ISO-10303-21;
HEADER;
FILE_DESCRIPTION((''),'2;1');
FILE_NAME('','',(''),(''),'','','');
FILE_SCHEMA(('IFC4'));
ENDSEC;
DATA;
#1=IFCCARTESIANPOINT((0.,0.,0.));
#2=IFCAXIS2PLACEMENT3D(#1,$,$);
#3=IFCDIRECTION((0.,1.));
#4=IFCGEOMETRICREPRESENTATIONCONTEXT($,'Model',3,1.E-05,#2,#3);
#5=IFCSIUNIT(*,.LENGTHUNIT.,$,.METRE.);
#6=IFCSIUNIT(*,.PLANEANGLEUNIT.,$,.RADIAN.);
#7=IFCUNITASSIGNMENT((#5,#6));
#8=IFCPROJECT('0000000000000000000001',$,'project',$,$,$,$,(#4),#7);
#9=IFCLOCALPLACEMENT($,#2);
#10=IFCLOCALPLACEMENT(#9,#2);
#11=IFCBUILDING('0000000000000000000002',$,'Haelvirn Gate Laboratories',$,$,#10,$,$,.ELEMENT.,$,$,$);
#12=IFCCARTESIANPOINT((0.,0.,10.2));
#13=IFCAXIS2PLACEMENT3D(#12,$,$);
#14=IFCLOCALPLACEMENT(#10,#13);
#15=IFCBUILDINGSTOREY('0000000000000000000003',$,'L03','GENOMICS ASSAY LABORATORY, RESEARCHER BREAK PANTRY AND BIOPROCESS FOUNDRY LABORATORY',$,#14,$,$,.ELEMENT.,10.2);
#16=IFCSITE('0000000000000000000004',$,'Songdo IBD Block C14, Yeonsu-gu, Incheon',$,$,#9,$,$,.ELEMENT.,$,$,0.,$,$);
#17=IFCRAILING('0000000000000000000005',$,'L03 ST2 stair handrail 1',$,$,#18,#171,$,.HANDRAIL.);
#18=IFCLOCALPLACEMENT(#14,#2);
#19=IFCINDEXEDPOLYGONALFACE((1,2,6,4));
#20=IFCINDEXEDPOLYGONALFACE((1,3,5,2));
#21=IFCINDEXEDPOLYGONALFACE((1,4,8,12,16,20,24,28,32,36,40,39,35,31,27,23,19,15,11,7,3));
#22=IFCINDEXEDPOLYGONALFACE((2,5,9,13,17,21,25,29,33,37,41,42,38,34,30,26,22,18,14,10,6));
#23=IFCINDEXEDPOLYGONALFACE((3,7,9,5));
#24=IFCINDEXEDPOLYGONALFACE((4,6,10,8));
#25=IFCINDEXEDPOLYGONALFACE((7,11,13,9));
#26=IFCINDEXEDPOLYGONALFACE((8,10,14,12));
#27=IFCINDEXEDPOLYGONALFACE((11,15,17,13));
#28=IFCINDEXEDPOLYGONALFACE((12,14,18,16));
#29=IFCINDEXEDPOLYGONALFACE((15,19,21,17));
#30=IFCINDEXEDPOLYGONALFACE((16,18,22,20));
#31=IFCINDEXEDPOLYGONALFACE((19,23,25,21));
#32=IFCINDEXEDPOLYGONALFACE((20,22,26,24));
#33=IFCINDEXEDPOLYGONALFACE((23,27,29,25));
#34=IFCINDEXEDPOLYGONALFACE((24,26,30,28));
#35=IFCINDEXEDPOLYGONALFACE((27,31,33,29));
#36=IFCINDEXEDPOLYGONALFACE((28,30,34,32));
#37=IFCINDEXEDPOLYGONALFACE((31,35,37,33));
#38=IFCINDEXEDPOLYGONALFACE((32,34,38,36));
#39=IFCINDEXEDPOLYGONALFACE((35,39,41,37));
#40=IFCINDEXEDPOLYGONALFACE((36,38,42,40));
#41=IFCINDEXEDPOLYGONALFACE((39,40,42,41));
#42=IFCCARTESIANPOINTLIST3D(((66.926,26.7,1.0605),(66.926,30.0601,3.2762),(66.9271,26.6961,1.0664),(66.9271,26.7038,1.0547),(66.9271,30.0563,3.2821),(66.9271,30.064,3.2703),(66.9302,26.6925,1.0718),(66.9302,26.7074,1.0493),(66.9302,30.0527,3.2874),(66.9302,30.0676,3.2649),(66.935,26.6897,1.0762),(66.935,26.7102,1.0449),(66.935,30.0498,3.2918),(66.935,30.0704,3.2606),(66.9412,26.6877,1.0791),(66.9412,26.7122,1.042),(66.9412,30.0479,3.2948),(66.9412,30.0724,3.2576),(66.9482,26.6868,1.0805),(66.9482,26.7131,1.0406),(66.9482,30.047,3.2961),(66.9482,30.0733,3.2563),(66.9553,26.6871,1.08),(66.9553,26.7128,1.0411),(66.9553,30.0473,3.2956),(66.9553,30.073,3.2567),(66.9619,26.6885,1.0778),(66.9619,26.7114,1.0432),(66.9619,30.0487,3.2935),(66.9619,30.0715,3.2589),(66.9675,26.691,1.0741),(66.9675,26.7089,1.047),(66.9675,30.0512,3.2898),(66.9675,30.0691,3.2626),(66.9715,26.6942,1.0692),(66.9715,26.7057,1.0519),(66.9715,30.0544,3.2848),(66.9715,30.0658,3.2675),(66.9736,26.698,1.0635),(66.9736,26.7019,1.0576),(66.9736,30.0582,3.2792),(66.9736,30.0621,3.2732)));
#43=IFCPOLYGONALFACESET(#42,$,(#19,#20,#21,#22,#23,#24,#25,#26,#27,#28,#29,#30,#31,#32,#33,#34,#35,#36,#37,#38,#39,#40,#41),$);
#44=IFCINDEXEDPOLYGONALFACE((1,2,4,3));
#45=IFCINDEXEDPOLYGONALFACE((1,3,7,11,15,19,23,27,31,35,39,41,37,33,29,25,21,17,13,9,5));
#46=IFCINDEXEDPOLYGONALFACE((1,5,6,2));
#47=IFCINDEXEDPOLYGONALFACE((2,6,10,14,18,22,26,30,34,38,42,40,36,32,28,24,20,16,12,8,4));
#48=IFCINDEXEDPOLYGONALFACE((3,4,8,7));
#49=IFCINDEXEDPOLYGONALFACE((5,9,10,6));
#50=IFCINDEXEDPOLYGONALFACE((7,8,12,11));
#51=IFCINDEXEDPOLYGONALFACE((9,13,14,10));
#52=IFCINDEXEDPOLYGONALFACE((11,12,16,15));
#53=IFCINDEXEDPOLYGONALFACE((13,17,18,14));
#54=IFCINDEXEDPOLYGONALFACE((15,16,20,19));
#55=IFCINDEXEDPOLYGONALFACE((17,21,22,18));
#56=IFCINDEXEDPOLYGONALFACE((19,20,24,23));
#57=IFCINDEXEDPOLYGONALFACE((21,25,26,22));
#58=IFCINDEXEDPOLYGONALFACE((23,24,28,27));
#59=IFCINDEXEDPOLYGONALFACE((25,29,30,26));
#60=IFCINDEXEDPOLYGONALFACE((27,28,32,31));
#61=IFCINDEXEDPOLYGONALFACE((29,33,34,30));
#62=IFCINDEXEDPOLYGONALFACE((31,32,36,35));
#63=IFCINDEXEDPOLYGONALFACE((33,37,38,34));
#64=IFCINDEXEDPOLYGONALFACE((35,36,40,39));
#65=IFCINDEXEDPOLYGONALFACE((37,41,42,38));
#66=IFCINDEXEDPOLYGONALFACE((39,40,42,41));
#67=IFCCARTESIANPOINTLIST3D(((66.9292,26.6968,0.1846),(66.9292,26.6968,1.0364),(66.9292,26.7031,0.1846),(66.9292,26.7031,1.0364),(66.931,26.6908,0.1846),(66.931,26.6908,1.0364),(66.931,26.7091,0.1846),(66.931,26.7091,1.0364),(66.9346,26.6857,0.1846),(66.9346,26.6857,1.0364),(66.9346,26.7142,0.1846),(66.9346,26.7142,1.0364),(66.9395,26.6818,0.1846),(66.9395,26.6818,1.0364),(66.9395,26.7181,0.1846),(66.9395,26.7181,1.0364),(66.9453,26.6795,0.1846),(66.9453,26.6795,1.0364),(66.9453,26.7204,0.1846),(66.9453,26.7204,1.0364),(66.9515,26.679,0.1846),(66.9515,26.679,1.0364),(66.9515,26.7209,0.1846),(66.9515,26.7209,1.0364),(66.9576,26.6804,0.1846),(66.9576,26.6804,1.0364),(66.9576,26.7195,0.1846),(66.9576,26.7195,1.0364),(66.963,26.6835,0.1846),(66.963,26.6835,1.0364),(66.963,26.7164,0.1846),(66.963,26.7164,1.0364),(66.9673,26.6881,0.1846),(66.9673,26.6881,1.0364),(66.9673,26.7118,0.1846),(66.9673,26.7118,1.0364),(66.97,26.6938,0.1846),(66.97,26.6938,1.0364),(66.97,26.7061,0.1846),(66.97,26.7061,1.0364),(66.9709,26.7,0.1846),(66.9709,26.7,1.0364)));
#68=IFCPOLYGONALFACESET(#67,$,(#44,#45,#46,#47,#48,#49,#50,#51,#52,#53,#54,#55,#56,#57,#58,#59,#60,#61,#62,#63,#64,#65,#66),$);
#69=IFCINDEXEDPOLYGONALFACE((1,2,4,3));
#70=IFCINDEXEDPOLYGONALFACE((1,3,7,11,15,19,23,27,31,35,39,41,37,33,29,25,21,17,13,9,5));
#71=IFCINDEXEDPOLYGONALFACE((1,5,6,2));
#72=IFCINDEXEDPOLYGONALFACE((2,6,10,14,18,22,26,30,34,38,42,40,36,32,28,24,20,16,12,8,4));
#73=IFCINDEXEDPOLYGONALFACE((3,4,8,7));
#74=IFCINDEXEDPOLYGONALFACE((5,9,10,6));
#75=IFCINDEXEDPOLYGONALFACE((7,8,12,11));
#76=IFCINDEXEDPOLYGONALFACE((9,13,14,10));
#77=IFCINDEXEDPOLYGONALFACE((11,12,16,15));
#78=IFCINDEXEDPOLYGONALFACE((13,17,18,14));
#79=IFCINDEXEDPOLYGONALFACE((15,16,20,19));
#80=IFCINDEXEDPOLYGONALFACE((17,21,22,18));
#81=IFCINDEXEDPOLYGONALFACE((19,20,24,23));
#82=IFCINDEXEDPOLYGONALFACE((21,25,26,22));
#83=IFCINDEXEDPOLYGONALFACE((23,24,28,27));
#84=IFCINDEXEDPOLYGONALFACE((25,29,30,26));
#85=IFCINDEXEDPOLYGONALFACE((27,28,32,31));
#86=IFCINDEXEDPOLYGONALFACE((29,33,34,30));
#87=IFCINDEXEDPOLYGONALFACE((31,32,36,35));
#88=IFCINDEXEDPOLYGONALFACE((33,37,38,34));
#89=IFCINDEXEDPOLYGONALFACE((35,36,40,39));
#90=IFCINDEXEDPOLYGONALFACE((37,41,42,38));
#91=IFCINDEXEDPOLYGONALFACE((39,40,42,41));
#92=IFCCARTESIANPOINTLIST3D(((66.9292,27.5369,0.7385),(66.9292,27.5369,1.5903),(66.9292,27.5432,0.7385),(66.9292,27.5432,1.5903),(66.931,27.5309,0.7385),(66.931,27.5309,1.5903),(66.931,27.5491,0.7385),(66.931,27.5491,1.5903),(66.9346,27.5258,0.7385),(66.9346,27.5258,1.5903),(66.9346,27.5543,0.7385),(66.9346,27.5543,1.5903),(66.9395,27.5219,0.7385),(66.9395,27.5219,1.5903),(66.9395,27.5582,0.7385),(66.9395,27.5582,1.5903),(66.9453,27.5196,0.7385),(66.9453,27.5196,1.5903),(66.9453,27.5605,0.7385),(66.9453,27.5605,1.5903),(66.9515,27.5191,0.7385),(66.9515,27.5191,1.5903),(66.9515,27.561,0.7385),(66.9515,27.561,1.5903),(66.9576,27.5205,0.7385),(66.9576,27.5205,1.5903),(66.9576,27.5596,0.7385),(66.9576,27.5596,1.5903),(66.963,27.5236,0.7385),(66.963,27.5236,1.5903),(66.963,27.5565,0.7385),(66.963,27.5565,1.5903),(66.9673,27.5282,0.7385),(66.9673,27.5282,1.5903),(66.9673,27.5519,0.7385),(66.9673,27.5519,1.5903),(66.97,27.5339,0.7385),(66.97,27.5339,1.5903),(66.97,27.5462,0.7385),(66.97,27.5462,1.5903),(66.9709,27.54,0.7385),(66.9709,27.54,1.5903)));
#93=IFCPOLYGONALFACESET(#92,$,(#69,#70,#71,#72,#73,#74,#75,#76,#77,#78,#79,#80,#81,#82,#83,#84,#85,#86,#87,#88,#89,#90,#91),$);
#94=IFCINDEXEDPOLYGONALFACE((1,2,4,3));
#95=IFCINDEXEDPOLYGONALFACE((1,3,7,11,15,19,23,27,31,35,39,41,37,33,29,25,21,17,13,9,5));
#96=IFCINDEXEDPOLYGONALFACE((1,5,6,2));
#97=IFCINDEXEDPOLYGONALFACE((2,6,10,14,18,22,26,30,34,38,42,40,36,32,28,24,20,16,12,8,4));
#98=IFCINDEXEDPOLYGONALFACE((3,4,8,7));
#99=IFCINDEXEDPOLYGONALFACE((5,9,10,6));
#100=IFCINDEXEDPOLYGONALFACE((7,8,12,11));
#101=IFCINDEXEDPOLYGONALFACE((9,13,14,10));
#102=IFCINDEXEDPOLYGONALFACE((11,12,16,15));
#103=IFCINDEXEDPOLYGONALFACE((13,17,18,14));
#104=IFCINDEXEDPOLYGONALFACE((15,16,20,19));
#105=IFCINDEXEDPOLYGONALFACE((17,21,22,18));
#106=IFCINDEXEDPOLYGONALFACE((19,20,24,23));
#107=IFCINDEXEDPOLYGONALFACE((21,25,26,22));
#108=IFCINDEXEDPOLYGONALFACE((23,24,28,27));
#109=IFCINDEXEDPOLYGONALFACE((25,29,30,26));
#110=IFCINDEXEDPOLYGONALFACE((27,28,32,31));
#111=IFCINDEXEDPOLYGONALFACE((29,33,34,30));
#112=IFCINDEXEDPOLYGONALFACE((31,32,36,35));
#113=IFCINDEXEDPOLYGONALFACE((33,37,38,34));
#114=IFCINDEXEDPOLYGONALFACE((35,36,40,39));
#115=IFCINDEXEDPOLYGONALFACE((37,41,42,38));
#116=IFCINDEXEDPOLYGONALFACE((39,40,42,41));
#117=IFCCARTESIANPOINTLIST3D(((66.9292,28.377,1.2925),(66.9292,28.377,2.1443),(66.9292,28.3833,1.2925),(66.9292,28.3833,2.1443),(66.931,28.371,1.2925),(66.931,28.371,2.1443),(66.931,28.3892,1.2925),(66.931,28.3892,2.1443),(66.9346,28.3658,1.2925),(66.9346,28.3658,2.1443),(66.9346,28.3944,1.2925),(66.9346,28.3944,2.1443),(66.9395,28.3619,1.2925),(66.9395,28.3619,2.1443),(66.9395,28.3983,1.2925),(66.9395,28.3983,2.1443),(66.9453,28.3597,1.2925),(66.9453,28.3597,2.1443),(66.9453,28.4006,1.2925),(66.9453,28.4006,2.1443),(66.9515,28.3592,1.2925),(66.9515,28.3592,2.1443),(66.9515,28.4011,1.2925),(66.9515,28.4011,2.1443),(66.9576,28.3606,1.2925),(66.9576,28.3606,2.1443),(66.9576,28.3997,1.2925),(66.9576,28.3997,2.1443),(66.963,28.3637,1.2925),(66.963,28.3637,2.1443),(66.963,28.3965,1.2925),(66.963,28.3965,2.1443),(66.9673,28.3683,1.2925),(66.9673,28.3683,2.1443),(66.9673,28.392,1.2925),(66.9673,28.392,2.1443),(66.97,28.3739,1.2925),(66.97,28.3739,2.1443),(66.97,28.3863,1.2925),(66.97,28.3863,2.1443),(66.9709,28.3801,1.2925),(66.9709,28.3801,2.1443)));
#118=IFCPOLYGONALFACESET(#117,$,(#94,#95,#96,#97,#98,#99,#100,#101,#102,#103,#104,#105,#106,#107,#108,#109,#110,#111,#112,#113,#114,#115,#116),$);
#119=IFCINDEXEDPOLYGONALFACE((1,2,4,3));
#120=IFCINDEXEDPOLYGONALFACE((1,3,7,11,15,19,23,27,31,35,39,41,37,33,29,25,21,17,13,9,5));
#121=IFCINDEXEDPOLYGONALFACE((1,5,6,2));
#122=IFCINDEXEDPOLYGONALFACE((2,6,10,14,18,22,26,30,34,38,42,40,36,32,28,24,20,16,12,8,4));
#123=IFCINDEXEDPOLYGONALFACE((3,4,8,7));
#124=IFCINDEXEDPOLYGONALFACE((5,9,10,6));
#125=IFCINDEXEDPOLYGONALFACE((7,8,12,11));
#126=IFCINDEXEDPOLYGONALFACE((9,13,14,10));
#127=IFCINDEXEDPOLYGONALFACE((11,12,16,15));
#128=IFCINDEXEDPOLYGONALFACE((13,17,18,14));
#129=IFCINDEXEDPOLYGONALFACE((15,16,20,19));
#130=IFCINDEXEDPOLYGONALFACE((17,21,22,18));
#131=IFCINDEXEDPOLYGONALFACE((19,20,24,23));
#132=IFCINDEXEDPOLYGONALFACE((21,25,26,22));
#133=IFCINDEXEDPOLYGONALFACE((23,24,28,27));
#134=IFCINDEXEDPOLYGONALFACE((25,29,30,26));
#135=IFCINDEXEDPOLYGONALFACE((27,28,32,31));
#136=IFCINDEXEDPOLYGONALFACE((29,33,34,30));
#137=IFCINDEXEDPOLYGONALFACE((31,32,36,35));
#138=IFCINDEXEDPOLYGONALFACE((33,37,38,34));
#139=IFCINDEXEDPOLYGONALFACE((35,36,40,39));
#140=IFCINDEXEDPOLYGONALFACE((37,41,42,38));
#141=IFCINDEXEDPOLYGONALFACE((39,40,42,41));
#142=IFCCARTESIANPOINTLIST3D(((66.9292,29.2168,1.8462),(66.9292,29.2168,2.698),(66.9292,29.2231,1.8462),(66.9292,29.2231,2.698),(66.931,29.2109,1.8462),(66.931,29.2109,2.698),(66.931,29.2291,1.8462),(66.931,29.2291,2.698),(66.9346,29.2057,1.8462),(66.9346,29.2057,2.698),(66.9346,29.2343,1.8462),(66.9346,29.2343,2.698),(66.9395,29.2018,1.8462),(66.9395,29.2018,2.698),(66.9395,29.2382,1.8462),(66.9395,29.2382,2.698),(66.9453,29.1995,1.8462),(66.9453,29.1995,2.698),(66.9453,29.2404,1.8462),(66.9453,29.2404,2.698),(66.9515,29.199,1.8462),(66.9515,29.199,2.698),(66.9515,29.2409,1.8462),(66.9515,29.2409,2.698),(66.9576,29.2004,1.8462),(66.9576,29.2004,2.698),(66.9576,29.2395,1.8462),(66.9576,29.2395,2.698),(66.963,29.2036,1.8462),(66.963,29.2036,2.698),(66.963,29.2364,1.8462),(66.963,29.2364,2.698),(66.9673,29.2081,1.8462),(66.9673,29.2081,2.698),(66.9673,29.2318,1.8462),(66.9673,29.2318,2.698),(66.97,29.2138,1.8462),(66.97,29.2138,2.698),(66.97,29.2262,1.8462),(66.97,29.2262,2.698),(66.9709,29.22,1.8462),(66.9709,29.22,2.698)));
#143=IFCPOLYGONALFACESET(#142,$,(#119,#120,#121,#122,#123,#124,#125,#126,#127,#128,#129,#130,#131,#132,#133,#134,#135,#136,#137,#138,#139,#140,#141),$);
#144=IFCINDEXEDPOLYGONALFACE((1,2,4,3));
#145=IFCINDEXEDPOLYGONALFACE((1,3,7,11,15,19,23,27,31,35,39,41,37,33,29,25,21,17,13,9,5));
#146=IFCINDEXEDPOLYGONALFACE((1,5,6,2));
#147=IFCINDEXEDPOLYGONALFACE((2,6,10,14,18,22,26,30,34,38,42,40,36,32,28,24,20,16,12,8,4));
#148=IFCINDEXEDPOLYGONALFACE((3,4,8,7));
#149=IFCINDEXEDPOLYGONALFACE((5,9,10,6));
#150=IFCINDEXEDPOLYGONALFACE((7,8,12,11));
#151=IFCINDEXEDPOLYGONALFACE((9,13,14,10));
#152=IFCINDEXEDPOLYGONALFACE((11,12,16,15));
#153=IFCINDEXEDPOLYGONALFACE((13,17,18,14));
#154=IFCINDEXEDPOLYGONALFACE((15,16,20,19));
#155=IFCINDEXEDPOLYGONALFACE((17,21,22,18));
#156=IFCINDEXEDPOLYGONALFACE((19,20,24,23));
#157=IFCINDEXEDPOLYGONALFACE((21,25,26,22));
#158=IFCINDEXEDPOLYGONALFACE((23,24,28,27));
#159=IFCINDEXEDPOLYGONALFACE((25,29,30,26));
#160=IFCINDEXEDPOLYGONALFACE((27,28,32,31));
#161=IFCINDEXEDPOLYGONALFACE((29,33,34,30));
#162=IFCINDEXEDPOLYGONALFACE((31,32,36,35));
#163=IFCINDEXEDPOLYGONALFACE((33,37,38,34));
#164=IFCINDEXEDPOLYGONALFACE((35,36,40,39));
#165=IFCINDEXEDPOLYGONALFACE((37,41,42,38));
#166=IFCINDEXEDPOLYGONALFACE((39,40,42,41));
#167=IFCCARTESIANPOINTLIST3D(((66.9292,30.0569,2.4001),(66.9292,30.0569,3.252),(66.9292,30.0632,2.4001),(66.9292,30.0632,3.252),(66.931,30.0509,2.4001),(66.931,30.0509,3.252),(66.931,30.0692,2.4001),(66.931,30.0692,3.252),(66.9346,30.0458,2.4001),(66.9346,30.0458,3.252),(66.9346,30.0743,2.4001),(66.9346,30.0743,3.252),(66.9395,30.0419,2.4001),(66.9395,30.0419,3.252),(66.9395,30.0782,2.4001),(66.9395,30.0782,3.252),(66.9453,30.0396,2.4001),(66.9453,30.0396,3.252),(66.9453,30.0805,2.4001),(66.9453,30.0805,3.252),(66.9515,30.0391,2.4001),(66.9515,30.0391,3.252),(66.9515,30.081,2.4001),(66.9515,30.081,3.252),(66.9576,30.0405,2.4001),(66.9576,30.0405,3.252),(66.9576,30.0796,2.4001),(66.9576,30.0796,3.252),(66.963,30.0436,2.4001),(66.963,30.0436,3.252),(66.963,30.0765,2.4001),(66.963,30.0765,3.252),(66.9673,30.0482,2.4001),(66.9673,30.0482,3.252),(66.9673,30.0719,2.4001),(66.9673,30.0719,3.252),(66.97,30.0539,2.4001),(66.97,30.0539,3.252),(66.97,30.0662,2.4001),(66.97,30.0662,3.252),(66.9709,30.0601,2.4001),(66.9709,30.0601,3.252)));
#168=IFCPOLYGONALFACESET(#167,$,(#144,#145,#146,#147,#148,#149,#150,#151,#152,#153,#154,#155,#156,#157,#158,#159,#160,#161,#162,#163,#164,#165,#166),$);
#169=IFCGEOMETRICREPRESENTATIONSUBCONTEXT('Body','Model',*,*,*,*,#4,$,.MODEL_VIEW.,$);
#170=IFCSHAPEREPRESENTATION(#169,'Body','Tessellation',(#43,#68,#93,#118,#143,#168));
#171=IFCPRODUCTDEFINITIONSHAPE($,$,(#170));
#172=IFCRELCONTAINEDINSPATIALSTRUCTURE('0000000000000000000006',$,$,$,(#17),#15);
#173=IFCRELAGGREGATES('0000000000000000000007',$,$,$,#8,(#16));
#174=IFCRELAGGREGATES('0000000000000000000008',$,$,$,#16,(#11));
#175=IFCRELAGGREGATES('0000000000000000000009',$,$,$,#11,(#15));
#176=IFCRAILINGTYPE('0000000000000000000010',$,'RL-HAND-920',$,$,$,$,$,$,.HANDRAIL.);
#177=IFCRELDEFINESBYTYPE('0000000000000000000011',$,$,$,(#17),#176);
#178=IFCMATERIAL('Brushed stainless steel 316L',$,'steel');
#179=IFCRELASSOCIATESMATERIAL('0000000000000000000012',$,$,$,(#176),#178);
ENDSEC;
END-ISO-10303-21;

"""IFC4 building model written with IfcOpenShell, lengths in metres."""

from ifc_helpers import new_model, si_unit, direction, frame, origin, origin_2d, place, context, subcontext, project, spatial, circle, extrude, source, transform, mapped, material, type_object, element, save


model = new_model("IFC4")

# Units and contexts
model_context = context("Model", 3, precision=1e-05, world=origin(), true_north=direction((0.0, 1.0)))
body_context = subcontext(model_context, "Body", "Model", "MODEL_VIEW")
ifc_project = project(units=[si_unit("LENGTHUNIT", "METRE"), si_unit("PLANEANGLEUNIT", "RADIAN")], contexts=[model_context])

# Site, building, storey
site_placement = place(None, origin())
site = spatial("IfcSite", under=ifc_project, at=site_placement, Name="Songdo IBD Block C14, Yeonsu-gu, Incheon", CompositionType="ELEMENT", RefElevation=0.0)
building_placement = place(site_placement, origin())
building = spatial("IfcBuilding", under=site, at=building_placement, Name="Haelvirn Gate Laboratories", CompositionType="ELEMENT")
storey_placement = place(building_placement, frame((0.0, 0.0, 10.2)))
storey = spatial("IfcBuildingStorey", under=building, at=storey_placement, Name="L03", Description="GENOMICS ASSAY LABORATORY, RESEARCHER BREAK PANTRY AND BIOPROCESS FOUNDRY LABORATORY", CompositionType="ELEMENT", Elevation=10.2)

# Railing
ifc_material_1 = material(Name="Brushed stainless steel 316L", Category="steel")
railing_type_1 = type_object("IfcRailingType", Name="RL-HAND-920", PredefinedType="HANDRAIL", material=ifc_material_1)
shared_shape_1 = source(origin(), body_context, "Body", "SweptSolid", [
    extrude(circle(Radius=0.0239, at=origin_2d()), frame((0.0, 0.0, 0.876), z_axis=(0.0, 0.834849, 0.55048), x_axis=(-1.0, 0.0, 0.0)), (0.0, 0.0, 1.0), 4.0249),
    extrude(circle(Radius=0.021, at=origin_2d()), origin(), (0.0, 0.0, 1.0), 0.8518),
    extrude(circle(Radius=0.021, at=origin_2d()), frame((0.0, 0.8401, 0.554)), (0.0, 0.0, 1.0), 0.8518),
    extrude(circle(Radius=0.021, at=origin_2d()), frame((0.0, 1.6802, 1.1079)), (0.0, 0.0, 1.0), 0.8518),
    extrude(circle(Radius=0.021, at=origin_2d()), frame((0.0, 2.52, 1.6616)), (0.0, 0.0, 1.0), 0.8518),
    extrude(circle(Radius=0.021, at=origin_2d()), frame((0.0, 3.3601, 2.2156)), (0.0, 0.0, 1.0), 0.8518),
])
railing_1_placement = place(storey_placement, frame((66.95, 26.7, 0.1846)))
element("IfcRailing", 1, at=railing_1_placement, inside=storey, type_object=railing_type_1, Name="L03 ST2 stair handrail 1", PredefinedType="HANDRAIL", context=body_context, shape_type="MappedRepresentation", body=[
    mapped(shared_shape_1, transform((0.0, 0.0, 0.0), scale=1.0)),
])

save(model, "model.ifc")
